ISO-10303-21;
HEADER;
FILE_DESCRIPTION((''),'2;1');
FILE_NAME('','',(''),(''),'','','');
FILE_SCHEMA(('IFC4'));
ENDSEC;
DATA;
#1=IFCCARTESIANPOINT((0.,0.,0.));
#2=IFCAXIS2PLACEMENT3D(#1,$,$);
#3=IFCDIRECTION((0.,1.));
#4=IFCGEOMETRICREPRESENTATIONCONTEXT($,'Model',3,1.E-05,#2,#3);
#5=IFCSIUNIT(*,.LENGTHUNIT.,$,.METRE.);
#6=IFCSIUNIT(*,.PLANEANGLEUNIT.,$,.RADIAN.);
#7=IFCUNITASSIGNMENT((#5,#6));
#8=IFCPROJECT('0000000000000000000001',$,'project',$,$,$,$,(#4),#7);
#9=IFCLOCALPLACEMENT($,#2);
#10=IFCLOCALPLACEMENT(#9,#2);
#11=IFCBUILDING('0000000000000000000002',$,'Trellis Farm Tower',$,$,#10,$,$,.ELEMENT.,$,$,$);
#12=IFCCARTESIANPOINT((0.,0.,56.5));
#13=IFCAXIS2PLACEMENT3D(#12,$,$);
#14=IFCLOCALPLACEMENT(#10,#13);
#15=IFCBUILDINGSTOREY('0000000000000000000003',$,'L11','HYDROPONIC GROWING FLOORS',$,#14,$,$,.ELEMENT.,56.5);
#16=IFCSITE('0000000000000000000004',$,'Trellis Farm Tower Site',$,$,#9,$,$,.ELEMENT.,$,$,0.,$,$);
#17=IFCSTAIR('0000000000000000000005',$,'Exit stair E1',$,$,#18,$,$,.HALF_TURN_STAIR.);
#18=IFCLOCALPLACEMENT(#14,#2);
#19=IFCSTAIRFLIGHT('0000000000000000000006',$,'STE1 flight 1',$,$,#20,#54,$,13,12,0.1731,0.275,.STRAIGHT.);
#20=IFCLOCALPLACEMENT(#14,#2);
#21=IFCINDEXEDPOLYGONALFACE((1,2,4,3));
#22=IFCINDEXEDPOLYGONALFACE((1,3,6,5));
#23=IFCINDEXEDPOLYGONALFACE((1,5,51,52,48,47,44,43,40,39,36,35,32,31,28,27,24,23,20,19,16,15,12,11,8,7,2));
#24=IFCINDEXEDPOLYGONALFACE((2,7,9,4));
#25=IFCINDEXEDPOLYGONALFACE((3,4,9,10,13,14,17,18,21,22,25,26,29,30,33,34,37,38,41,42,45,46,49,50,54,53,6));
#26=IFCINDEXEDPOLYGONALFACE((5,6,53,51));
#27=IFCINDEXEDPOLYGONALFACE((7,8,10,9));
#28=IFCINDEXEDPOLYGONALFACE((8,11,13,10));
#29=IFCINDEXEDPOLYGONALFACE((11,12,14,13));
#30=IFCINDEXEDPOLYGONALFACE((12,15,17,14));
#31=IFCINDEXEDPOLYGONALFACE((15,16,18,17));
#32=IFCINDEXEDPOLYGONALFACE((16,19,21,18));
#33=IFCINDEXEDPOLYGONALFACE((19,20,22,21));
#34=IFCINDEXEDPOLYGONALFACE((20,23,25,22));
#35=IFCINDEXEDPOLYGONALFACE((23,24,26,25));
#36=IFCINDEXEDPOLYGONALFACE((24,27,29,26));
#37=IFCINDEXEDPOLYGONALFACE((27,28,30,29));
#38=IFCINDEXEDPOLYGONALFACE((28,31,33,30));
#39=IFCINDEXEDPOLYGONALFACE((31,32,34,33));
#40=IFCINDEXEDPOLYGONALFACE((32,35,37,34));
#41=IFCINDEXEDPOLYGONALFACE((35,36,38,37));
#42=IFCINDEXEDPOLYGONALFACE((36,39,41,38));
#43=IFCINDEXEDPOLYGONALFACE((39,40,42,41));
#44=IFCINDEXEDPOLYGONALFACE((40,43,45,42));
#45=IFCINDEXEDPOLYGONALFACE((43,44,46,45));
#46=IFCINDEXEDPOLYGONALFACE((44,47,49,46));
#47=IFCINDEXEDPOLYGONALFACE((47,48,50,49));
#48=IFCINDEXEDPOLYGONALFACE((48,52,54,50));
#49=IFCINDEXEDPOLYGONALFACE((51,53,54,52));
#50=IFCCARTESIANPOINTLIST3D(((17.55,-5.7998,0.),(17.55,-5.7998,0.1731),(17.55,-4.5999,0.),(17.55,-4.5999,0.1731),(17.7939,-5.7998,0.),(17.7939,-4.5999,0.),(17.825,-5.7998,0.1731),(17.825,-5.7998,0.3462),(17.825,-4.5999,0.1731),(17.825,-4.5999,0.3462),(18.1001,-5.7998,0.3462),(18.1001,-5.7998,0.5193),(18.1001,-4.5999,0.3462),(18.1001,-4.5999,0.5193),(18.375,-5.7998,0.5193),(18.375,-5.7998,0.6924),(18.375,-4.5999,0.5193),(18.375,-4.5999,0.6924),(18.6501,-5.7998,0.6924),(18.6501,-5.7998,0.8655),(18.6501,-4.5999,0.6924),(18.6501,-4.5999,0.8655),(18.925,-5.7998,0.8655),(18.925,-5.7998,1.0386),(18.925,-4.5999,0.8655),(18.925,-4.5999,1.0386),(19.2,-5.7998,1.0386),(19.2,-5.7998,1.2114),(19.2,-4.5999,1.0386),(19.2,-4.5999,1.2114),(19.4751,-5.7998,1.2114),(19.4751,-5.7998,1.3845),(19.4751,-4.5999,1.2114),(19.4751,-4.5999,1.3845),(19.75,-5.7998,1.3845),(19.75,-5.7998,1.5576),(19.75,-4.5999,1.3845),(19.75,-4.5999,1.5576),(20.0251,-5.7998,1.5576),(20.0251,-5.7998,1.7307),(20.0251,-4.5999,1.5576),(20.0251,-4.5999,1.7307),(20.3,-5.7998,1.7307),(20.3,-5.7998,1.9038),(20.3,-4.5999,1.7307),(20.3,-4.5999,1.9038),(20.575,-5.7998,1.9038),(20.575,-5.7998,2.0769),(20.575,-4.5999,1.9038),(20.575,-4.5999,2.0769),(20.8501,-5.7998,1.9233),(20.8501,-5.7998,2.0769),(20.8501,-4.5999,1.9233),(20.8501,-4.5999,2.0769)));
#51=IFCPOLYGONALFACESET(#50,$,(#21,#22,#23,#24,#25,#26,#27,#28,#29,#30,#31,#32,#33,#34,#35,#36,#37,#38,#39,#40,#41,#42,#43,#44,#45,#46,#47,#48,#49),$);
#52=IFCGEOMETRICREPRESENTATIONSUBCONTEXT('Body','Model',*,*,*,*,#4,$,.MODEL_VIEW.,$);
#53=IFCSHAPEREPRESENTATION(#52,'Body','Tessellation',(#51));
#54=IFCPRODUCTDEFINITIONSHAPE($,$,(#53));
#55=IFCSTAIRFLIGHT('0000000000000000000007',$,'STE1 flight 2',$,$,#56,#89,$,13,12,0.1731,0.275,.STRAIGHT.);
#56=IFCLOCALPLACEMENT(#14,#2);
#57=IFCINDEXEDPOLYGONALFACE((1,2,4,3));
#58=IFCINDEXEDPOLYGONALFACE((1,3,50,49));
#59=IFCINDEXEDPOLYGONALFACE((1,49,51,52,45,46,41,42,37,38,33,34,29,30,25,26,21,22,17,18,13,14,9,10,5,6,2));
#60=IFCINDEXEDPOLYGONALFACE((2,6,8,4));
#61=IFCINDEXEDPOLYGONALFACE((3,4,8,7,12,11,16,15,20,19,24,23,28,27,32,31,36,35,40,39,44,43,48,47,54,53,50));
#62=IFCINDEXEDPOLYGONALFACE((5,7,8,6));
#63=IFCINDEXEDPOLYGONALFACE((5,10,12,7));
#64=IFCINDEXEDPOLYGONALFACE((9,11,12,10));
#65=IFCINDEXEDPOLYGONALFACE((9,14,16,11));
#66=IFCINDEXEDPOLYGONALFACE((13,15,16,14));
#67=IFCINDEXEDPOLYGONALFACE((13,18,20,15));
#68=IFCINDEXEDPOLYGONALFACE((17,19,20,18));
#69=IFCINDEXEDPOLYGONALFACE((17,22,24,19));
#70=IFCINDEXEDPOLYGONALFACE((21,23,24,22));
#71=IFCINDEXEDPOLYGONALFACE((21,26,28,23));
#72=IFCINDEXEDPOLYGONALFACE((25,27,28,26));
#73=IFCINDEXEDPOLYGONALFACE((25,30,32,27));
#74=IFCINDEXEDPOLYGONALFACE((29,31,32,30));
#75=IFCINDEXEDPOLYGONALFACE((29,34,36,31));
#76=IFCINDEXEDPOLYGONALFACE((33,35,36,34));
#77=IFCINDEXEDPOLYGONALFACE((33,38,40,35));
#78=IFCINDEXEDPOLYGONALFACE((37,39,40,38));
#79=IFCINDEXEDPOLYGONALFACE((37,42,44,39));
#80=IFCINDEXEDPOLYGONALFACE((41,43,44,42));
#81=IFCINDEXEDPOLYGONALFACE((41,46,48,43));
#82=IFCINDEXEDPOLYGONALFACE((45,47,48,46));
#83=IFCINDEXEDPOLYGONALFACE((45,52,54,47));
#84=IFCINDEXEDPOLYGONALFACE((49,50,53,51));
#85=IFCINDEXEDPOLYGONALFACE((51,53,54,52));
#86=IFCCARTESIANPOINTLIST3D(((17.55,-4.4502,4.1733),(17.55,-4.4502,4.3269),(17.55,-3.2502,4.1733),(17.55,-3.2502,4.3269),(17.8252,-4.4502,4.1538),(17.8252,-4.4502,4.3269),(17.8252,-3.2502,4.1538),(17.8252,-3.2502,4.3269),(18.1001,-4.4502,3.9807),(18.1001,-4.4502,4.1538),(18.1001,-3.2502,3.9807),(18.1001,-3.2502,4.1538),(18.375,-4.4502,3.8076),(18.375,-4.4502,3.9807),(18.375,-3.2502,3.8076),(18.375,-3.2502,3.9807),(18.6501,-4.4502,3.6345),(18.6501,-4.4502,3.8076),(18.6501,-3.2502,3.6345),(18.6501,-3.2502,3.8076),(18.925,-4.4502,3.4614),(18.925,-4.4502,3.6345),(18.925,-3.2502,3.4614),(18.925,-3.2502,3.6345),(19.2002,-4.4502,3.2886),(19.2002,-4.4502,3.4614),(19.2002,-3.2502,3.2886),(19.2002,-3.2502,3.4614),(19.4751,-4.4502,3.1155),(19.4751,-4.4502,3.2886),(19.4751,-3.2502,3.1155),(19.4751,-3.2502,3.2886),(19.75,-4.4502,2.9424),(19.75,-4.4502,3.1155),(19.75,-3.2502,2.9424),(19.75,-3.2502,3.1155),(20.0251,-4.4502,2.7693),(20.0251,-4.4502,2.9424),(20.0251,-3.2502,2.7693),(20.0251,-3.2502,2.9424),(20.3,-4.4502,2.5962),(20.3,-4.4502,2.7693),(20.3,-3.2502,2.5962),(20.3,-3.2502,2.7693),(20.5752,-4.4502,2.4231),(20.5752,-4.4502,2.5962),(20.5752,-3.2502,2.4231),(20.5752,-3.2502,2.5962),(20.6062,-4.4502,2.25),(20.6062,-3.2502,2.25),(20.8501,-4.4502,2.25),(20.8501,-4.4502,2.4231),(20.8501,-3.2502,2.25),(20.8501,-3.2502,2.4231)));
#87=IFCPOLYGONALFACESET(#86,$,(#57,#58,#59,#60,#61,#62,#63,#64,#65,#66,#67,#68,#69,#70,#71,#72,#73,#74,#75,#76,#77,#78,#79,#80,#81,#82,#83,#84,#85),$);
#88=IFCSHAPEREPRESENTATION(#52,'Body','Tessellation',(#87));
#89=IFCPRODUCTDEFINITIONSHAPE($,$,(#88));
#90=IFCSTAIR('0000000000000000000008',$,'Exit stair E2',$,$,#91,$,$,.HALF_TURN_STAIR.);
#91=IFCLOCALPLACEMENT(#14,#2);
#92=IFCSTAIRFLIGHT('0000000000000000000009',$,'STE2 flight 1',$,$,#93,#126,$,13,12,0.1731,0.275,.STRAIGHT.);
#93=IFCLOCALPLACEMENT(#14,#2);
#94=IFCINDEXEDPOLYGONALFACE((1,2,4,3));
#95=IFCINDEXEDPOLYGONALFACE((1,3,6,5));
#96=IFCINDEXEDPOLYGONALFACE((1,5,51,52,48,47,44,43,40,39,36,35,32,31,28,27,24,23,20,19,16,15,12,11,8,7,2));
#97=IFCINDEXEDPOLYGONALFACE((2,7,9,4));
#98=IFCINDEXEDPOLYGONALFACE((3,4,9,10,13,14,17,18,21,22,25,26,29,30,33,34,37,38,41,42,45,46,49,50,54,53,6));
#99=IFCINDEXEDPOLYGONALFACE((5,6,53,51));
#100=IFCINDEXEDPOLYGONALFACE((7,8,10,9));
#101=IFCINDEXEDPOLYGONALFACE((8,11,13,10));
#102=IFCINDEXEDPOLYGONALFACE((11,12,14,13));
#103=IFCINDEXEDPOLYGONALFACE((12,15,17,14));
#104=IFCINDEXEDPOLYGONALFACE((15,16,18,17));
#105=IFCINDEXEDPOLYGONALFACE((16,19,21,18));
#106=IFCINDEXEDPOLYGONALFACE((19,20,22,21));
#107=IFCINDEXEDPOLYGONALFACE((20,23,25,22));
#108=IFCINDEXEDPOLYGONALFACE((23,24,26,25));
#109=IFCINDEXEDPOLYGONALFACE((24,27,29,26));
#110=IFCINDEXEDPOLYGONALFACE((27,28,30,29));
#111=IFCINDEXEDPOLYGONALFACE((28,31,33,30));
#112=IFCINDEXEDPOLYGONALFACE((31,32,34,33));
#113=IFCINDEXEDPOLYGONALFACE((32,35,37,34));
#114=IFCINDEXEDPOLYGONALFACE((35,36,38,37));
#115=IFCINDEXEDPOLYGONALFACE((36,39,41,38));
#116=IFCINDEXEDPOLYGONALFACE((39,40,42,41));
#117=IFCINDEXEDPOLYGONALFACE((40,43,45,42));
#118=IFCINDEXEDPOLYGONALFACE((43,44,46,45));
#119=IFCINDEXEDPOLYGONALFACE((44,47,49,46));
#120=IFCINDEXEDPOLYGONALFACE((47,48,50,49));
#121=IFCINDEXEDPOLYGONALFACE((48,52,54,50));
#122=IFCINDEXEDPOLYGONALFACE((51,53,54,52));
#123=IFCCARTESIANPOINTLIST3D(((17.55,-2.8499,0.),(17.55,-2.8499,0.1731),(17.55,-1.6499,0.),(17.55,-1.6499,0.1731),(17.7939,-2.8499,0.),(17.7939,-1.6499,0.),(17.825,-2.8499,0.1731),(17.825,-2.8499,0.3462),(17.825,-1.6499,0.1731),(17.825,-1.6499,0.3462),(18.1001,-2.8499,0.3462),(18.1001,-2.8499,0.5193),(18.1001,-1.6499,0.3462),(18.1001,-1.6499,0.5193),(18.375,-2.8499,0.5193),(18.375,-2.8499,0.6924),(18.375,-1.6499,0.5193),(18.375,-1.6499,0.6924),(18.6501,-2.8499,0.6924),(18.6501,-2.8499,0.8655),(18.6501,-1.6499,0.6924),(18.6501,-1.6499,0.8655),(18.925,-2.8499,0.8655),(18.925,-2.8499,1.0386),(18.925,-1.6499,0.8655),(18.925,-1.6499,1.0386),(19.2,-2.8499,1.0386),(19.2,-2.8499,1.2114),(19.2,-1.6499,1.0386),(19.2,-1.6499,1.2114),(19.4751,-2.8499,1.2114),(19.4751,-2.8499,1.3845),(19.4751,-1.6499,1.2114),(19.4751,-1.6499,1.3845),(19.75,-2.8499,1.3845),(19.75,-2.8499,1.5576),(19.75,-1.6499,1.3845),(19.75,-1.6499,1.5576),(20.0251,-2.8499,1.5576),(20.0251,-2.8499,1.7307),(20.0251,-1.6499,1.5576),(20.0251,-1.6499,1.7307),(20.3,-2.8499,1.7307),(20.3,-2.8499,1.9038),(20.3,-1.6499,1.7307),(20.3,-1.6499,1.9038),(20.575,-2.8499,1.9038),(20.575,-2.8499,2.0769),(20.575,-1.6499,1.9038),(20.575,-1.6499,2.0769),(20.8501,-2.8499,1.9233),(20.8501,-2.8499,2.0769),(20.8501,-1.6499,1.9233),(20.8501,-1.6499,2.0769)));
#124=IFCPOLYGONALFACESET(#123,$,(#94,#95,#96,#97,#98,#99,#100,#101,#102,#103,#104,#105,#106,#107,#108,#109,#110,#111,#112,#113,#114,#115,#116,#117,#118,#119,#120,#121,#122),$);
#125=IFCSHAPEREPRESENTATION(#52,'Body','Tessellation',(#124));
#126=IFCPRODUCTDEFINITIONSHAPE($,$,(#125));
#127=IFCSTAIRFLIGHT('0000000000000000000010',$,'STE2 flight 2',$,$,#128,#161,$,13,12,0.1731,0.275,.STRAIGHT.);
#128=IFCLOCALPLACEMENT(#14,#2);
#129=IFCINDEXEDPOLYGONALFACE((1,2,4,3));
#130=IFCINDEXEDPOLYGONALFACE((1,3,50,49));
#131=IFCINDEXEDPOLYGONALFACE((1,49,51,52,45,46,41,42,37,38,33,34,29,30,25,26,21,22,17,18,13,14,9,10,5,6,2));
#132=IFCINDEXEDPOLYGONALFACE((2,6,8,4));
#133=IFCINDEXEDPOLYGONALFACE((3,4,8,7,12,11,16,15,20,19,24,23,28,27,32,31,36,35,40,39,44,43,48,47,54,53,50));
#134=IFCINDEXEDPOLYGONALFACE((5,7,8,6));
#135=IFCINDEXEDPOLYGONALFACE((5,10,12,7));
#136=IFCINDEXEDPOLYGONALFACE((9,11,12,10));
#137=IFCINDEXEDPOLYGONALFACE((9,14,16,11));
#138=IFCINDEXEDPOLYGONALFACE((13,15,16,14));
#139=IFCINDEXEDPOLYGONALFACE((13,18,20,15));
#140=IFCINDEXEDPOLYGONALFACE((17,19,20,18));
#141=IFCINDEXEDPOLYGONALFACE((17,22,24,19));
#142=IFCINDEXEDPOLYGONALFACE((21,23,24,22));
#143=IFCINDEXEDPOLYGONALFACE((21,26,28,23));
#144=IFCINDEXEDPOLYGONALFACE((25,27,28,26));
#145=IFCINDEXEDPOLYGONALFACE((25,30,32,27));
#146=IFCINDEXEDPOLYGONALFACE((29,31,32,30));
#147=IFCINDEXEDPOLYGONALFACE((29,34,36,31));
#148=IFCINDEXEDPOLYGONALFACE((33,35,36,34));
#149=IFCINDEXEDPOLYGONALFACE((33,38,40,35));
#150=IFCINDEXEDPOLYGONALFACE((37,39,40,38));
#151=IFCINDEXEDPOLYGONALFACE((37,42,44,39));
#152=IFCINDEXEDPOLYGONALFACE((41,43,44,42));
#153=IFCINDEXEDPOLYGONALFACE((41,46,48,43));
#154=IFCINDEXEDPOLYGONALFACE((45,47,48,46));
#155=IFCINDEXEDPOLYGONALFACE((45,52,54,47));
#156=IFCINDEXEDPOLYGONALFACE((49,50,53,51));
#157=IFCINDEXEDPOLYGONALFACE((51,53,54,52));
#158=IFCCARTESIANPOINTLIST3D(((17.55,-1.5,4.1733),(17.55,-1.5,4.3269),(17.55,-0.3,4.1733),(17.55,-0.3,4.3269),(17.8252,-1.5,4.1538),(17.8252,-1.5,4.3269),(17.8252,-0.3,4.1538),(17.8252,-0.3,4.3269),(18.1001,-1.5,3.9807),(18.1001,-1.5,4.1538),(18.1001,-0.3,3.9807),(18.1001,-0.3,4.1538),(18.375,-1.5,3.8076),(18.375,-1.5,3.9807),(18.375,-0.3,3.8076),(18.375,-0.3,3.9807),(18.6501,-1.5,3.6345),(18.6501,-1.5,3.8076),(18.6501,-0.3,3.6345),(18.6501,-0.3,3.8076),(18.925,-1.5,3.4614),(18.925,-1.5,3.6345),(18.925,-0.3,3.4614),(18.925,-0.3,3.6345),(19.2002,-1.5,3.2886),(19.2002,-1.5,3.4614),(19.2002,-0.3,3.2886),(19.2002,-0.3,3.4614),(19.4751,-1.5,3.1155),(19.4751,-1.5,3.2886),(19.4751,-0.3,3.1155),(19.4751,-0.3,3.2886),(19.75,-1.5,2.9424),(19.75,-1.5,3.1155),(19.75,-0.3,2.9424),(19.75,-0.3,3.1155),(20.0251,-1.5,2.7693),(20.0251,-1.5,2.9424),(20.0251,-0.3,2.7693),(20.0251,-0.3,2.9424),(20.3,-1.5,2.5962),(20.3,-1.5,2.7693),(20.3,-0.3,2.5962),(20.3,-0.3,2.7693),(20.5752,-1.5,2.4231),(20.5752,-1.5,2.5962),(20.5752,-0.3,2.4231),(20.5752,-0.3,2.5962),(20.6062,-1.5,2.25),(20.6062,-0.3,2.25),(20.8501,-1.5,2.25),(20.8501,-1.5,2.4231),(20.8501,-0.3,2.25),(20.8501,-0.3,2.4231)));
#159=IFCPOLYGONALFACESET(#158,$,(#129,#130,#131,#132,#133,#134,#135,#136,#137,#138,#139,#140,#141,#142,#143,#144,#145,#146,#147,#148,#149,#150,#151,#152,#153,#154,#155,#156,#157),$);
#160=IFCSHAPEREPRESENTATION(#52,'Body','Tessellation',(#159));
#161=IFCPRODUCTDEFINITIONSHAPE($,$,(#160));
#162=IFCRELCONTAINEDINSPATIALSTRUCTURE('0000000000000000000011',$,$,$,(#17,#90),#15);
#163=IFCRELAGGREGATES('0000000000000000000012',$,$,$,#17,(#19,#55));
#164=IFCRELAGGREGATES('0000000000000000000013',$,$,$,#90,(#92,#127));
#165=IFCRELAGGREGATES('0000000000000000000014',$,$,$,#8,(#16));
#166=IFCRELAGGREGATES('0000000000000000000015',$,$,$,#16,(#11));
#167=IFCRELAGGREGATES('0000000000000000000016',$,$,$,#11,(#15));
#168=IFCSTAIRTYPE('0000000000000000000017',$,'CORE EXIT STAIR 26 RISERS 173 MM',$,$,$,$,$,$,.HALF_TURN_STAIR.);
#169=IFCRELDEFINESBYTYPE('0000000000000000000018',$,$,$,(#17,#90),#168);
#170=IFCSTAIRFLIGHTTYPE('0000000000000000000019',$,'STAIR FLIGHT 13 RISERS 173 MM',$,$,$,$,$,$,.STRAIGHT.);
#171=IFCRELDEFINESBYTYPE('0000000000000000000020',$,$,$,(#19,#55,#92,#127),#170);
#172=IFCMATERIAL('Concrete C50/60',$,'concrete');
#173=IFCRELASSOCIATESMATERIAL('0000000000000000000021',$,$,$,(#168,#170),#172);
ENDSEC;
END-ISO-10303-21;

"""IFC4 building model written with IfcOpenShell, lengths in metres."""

from ifc_helpers import new_model, si_unit, direction, frame, origin, place, context, subcontext, project, spatial, polyline, outline, extrude, source, transform, mapped, material, type_object, element, aggregate, save


model = new_model("IFC4")

# Units and contexts
model_context = context("Model", 3, precision=1e-05, world=origin(), true_north=direction((0.0, 1.0)))
body_context = subcontext(model_context, "Body", "Model", "MODEL_VIEW")
ifc_project = project(units=[si_unit("LENGTHUNIT", "METRE"), si_unit("PLANEANGLEUNIT", "RADIAN")], contexts=[model_context])

# Site, building, storey
site_placement = place(None, origin())
site = spatial("IfcSite", under=ifc_project, at=site_placement, Name="Trellis Farm Tower Site", CompositionType="ELEMENT", RefElevation=0.0)
building_placement = place(site_placement, origin())
building = spatial("IfcBuilding", under=site, at=building_placement, Name="Trellis Farm Tower", CompositionType="ELEMENT")
storey_placement = place(building_placement, frame((0.0, 0.0, 56.5)))
storey = spatial("IfcBuildingStorey", under=building, at=storey_placement, Name="L11", Description="HYDROPONIC GROWING FLOORS", CompositionType="ELEMENT", Elevation=56.5)

# Shared definitions
placement = place(storey_placement, origin())

# Stairs, stair flights
ifc_material_1 = material(Name="Concrete C50/60", Category="concrete")
stair_type = type_object("IfcStairType", Name="CORE EXIT STAIR 26 RISERS 173 MM", PredefinedType="HALF_TURN_STAIR", material=ifc_material_1)
stair_1 = element("IfcStair", 1, at=placement, inside=storey, type_object=stair_type, Name="Exit stair E1", PredefinedType="HALF_TURN_STAIR")
stair_flight_type = type_object("IfcStairFlightType", Name="STAIR FLIGHT 13 RISERS 173 MM", PredefinedType="STRAIGHT", material=ifc_material_1)
shared_shape_1 = source(origin(), body_context, "Body", "SweptSolid", [
    extrude(outline(polyline([(0.0, 0.0), (0.0, 0.1731), (0.2749, 0.1731), (0.2749, 0.3462), (0.55, 0.3462), (0.55, 0.5193), (0.825, 0.5193), (0.825, 0.6924), (1.1001, 0.6924), (1.1001, 0.8655), (1.375, 0.8655), (1.375, 1.0386), (1.6499, 1.0386), (1.6499, 1.2114), (1.925, 1.2114), (1.925, 1.3845), (2.2, 1.3845), (2.2, 1.5576), (2.4751, 1.5576), (2.4751, 1.7307), (2.75, 1.7307), (2.75, 1.9038), (3.0249, 1.9038), (3.0249, 2.0769), (3.3, 2.0769), (3.3, 2.25), (3.3, 1.9233), (0.2439, 0.0), (0.0, 0.0)])), frame((0.0, 0.6001, 0.0), z_axis=(0.0, -1.0, 0.0), x_axis=(1.0, 0.0, 0.0)), (0.0, 0.0, 1.0), 1.2),
])
stair_flight_1_placement = place(storey_placement, frame((17.55, -5.2, 0.0), z_axis=(0.0, 0.0, 1.0), x_axis=(1.0, 0.0, 0.0)))
stair_flight_1 = element("IfcStairFlight", 2, at=stair_flight_1_placement, type_object=stair_flight_type, Name="STE1 flight 1", NumberOfRisers=13, NumberOfTreads=12, PredefinedType="STRAIGHT", RiserHeight=0.1731, TreadLength=0.275, context=body_context, shape_type="MappedRepresentation", body=[
    mapped(shared_shape_1, transform((0.0, 0.0, 0.0))),
])
stair_flight_2_placement = place(storey_placement, frame((20.8501, -3.8501, 2.25), z_axis=(0.0, 0.0, 1.0), x_axis=(-1.0, 0.0, 0.0)))
stair_flight_2 = element("IfcStairFlight", 3, at=stair_flight_2_placement, type_object=stair_flight_type, Name="STE1 flight 2", NumberOfRisers=13, NumberOfTreads=12, PredefinedType="STRAIGHT", RiserHeight=0.1731, TreadLength=0.275, context=body_context, shape_type="MappedRepresentation", body=[
    mapped(shared_shape_1, transform((0.0, 0.0, 0.0))),
])
aggregate(stair_1, [stair_flight_1, stair_flight_2])
stair_2 = element("IfcStair", 4, at=placement, inside=storey, type_object=stair_type, Name="Exit stair E2", PredefinedType="HALF_TURN_STAIR")
stair_flight_3_placement = place(storey_placement, frame((17.55, -2.25, 0.0), z_axis=(0.0, 0.0, 1.0), x_axis=(1.0, 0.0, 0.0)))
stair_flight_3 = element("IfcStairFlight", 5, at=stair_flight_3_placement, type_object=stair_flight_type, Name="STE2 flight 1", NumberOfRisers=13, NumberOfTreads=12, PredefinedType="STRAIGHT", RiserHeight=0.1731, TreadLength=0.275, context=body_context, shape_type="MappedRepresentation", body=[
    mapped(shared_shape_1, transform((0.0, 0.0, 0.0))),
])
stair_flight_4_placement = place(storey_placement, frame((20.8501, -0.8999, 2.25), z_axis=(0.0, 0.0, 1.0), x_axis=(-1.0, 0.0, 0.0)))
stair_flight_4 = element("IfcStairFlight", 6, at=stair_flight_4_placement, type_object=stair_flight_type, Name="STE2 flight 2", NumberOfRisers=13, NumberOfTreads=12, PredefinedType="STRAIGHT", RiserHeight=0.1731, TreadLength=0.275, context=body_context, shape_type="MappedRepresentation", body=[
    mapped(shared_shape_1, transform((0.0, 0.0, 0.0))),
])
aggregate(stair_2, [stair_flight_3, stair_flight_4])

save(model, "model.ifc")
